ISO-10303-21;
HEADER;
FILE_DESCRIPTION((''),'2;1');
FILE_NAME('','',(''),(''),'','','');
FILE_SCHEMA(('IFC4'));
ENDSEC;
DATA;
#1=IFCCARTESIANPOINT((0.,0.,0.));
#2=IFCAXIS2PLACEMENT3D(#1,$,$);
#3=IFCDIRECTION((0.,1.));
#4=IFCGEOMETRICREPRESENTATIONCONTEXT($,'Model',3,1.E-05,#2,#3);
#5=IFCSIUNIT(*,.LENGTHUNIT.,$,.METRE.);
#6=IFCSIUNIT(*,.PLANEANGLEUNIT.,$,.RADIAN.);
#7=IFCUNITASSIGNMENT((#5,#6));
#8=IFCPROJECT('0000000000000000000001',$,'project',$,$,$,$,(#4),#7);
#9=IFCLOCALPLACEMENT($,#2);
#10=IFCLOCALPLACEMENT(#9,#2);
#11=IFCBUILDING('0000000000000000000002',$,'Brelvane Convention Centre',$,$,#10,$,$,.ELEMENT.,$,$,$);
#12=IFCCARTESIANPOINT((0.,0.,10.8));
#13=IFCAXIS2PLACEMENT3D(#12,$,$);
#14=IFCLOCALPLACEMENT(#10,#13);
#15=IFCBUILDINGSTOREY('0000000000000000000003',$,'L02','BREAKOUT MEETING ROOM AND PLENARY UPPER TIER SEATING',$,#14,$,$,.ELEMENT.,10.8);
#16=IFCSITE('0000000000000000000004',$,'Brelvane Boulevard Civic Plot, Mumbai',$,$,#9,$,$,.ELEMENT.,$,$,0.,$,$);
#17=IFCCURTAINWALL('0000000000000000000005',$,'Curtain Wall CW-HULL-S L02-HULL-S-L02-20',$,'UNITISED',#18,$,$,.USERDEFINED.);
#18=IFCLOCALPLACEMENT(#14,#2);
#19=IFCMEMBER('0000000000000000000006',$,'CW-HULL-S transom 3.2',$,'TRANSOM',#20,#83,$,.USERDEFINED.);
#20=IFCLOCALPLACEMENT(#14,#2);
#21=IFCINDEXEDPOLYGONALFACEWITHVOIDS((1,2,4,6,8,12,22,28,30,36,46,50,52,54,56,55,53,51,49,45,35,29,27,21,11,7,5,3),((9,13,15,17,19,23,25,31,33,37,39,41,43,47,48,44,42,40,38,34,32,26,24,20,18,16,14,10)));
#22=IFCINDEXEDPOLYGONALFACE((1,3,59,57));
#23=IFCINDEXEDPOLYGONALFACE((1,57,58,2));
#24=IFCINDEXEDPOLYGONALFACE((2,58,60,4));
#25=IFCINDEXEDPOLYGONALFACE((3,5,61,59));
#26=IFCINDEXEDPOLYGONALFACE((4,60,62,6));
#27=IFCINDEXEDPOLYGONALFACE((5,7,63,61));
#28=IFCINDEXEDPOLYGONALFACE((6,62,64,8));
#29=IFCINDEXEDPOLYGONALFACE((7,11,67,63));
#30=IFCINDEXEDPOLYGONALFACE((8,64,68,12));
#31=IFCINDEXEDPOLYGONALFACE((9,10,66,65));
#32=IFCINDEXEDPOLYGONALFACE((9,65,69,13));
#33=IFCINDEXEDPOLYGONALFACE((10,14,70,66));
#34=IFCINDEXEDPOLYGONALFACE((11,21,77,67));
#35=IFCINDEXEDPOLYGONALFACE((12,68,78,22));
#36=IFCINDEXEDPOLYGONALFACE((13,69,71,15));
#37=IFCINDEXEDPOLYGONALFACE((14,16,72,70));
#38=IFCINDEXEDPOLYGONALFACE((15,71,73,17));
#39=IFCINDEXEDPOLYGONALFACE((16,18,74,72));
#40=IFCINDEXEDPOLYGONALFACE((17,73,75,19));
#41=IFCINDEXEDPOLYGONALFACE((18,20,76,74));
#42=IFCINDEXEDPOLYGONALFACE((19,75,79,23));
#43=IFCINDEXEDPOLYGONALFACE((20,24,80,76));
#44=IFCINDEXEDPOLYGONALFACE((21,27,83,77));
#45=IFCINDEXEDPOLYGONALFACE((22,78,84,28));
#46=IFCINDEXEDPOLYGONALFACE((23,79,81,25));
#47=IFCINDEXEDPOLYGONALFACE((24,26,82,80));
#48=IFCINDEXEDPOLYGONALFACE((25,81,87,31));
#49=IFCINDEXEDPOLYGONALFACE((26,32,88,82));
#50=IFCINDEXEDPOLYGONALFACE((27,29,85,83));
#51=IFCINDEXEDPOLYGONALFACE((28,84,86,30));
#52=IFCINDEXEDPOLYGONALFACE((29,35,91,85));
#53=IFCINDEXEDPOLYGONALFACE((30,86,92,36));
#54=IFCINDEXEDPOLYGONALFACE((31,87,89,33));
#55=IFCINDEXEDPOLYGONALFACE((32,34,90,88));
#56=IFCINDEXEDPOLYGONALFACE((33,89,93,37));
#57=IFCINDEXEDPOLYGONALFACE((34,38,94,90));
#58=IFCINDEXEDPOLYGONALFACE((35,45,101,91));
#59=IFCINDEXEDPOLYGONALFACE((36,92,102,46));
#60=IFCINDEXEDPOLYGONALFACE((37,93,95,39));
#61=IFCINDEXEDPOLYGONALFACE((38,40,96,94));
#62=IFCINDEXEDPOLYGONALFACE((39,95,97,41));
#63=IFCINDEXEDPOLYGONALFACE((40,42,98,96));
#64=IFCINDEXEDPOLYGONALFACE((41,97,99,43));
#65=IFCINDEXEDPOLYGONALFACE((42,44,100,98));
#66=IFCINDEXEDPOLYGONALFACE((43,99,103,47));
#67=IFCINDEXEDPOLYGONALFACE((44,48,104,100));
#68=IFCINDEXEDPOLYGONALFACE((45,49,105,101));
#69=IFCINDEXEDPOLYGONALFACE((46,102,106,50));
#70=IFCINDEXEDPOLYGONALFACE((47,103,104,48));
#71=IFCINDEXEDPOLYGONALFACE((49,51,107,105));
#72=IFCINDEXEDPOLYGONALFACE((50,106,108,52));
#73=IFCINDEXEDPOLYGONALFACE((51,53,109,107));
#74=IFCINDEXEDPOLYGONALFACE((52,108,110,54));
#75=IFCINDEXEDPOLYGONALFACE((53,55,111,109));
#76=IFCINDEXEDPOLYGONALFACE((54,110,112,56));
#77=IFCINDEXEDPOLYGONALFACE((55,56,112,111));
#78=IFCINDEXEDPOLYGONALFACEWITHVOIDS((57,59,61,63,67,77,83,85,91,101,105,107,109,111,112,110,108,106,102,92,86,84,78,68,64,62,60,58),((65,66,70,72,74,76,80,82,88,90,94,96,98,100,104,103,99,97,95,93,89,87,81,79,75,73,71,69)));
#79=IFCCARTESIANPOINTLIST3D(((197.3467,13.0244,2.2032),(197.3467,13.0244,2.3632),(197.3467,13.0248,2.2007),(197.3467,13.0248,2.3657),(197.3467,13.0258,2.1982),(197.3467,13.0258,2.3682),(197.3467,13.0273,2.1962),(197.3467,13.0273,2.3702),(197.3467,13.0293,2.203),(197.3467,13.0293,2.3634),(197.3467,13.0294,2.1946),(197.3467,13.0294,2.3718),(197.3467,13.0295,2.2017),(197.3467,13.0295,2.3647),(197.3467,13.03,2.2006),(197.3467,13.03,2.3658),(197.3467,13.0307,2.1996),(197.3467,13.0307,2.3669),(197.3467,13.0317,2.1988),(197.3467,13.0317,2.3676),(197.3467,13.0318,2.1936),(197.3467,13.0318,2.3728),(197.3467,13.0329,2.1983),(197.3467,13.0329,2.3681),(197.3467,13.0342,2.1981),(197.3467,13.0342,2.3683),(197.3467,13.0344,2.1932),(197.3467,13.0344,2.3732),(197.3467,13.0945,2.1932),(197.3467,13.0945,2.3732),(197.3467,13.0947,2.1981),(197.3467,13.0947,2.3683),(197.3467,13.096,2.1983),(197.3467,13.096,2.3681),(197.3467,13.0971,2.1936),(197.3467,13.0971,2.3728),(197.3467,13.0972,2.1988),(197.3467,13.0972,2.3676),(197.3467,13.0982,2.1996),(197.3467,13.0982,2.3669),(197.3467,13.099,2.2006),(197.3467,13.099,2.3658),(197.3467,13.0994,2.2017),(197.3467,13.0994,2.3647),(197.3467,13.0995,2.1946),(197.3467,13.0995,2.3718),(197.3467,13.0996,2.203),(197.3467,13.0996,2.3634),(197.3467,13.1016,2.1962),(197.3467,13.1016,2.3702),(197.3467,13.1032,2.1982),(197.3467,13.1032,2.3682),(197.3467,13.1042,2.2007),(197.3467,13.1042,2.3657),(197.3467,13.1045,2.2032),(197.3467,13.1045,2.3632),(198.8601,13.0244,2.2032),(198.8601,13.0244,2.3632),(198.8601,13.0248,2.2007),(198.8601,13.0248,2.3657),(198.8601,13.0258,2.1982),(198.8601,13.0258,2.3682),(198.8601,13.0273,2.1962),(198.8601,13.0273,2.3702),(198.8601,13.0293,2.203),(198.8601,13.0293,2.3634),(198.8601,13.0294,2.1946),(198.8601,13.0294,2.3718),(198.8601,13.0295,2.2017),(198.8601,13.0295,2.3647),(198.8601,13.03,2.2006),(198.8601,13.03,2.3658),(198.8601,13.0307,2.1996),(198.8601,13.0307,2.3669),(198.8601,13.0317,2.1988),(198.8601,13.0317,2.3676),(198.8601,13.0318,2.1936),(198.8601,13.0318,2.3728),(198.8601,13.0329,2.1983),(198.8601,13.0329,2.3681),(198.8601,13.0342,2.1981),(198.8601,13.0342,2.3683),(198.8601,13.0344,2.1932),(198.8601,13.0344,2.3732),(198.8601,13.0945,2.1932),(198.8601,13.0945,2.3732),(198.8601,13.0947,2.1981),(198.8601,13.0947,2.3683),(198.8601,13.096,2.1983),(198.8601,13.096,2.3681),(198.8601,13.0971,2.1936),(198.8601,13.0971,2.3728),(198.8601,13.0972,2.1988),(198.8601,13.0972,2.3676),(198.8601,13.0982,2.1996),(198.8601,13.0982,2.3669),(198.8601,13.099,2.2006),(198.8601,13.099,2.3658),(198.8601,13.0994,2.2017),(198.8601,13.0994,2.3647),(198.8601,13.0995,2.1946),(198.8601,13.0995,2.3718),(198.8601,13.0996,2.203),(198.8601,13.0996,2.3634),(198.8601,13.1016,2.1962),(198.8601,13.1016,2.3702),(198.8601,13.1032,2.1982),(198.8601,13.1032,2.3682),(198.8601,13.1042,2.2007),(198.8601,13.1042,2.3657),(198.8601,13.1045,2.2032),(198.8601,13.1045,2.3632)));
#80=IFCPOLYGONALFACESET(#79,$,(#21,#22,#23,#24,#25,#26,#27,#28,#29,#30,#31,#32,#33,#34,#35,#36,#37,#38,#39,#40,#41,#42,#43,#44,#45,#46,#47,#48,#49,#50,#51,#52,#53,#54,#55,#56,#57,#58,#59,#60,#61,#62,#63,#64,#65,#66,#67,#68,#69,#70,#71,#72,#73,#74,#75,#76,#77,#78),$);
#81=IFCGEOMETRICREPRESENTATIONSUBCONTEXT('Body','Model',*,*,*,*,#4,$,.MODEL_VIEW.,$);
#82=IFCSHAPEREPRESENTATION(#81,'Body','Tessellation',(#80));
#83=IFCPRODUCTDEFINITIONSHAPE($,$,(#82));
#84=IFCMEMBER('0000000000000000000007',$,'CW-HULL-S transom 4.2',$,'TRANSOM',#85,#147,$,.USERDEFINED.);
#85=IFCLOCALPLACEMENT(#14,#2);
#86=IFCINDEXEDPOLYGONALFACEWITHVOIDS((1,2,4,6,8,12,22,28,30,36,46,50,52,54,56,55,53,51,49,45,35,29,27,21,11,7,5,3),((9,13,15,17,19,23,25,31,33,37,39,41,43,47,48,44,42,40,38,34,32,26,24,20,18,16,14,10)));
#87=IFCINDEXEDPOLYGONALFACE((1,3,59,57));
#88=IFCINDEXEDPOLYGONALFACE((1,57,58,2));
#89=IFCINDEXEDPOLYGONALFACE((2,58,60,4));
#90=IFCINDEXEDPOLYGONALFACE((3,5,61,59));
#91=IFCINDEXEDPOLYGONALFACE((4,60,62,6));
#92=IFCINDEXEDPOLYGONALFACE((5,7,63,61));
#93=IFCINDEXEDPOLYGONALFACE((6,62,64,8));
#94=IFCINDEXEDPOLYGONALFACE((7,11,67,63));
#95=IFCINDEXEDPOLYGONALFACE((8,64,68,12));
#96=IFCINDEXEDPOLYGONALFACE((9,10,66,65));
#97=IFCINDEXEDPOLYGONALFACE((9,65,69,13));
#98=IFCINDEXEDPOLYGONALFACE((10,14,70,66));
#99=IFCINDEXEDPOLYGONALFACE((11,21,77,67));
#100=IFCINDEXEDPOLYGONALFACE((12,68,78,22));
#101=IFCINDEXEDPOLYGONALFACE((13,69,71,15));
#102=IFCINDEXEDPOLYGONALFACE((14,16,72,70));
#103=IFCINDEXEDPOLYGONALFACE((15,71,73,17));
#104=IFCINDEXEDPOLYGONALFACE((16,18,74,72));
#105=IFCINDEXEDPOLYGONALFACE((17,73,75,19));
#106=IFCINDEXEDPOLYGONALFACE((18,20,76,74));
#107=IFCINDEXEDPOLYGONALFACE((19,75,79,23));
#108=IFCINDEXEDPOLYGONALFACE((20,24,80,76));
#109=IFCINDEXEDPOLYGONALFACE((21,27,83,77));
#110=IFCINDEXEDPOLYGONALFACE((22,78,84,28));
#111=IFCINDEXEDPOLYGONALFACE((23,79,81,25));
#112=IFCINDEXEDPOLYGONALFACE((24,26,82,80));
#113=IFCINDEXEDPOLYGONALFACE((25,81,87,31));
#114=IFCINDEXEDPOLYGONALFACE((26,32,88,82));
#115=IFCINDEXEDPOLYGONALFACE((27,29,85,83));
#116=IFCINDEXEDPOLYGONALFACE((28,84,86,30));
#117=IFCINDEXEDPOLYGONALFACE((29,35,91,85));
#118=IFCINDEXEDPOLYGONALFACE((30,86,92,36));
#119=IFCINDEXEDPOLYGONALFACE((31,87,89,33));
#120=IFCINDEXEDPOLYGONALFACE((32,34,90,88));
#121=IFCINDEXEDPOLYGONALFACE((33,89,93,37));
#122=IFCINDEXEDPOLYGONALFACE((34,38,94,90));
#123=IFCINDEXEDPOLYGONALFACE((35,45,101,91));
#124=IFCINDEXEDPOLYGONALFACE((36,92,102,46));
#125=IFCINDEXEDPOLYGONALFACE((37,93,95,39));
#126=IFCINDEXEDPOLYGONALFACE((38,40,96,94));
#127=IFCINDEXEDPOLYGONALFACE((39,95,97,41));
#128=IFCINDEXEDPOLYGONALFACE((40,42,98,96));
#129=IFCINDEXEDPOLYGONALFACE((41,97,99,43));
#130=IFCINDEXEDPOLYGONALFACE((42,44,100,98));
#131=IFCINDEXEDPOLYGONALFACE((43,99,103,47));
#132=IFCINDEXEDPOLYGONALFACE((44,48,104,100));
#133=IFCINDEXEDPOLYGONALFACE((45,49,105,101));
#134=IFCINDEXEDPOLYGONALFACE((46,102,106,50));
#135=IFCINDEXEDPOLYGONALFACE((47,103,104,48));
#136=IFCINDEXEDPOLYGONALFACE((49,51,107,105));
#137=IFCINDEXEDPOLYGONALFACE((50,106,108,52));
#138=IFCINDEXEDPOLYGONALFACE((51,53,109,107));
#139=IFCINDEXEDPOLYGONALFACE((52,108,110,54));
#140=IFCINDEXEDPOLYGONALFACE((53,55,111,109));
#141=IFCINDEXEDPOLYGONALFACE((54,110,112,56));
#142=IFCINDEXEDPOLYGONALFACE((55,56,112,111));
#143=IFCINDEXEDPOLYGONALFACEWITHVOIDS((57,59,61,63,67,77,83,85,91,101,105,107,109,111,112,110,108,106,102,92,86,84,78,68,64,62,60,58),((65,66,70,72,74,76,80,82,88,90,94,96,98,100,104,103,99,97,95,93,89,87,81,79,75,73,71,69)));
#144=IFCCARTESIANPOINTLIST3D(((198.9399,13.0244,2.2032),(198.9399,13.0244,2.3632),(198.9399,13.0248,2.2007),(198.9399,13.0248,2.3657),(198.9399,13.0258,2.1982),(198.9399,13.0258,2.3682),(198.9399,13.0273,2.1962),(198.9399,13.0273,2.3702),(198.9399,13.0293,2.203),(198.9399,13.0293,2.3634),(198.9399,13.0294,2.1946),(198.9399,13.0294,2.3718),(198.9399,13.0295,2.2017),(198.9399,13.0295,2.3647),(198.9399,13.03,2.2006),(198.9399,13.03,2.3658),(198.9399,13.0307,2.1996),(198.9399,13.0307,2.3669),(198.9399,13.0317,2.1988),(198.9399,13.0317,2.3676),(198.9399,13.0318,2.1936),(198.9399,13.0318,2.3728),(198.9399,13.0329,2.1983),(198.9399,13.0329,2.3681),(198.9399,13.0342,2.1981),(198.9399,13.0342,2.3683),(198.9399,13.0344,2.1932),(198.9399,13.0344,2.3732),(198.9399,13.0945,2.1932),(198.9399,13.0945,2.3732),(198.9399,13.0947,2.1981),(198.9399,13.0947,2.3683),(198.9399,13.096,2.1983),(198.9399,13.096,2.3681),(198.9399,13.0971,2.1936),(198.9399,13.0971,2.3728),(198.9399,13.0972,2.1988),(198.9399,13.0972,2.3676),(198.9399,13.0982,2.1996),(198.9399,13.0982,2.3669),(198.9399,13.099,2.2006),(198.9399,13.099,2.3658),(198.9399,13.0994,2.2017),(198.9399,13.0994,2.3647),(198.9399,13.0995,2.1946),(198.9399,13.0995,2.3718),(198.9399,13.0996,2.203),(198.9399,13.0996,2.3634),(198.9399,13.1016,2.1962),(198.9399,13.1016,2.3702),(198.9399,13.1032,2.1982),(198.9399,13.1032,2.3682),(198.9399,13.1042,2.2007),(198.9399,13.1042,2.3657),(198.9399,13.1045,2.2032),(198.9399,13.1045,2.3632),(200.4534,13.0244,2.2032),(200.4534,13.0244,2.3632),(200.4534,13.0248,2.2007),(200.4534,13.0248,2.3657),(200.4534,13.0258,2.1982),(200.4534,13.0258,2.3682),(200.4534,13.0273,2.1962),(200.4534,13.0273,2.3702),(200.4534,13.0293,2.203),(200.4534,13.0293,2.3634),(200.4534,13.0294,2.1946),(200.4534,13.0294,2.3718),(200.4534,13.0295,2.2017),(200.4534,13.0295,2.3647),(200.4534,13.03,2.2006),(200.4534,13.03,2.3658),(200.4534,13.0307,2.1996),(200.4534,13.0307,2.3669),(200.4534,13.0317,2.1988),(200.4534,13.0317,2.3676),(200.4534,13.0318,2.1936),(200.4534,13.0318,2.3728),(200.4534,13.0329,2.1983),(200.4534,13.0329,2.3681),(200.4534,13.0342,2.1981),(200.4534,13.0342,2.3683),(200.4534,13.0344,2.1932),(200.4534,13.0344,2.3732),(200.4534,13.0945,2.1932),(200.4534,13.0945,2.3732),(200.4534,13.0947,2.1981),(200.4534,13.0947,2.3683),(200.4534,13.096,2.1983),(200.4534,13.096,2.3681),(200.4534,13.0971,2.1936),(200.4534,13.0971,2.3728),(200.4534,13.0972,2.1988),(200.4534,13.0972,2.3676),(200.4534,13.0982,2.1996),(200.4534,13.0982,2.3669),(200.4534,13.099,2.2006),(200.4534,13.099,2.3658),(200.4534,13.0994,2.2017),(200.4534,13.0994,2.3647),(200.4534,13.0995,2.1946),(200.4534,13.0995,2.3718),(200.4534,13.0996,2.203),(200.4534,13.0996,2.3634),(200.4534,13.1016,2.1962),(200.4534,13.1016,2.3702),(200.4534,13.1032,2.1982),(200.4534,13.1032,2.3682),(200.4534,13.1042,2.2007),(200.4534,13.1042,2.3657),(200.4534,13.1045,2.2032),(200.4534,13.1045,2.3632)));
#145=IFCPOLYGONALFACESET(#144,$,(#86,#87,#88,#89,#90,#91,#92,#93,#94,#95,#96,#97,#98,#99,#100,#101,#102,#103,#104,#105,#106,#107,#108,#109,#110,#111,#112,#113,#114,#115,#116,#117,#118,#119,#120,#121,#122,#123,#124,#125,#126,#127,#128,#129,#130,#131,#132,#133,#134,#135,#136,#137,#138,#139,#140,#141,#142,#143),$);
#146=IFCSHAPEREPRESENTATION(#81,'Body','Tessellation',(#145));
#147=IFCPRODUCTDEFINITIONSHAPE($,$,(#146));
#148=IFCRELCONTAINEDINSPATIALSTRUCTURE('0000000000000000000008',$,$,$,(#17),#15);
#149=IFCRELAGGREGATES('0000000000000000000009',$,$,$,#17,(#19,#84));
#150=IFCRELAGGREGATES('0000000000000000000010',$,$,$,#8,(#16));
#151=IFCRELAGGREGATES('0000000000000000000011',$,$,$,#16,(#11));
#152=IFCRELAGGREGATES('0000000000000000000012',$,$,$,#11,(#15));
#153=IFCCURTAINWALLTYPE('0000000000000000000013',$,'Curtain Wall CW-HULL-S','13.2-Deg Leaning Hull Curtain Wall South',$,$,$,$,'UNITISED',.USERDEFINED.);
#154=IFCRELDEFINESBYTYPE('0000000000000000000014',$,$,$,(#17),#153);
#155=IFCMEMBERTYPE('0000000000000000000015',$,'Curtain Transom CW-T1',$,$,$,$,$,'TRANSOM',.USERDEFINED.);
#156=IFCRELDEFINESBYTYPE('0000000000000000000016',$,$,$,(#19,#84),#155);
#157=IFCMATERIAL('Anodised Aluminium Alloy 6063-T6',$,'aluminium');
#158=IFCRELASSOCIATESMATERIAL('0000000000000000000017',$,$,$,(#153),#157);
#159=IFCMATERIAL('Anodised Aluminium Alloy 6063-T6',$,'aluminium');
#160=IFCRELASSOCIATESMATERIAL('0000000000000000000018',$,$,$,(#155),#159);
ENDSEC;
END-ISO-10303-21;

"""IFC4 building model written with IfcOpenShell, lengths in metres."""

from ifc_helpers import new_model, si_unit, direction, frame, origin, origin_2d, place, context, subcontext, project, spatial, hollow_rectangle, extrude, material, material_profile, profile_set, type_object, element, aggregate, save


model = new_model("IFC4")

# Units and contexts
model_context = context("Model", 3, precision=1e-05, world=origin(), true_north=direction((0.0, 1.0)))
body_context = subcontext(model_context, "Body", "Model", "MODEL_VIEW")
ifc_project = project(units=[si_unit("LENGTHUNIT", "METRE"), si_unit("PLANEANGLEUNIT", "RADIAN")], contexts=[model_context])

# Site, building, storey
site_placement = place(None, origin())
site = spatial("IfcSite", under=ifc_project, at=site_placement, Name="Brelvane Boulevard Civic Plot, Mumbai", CompositionType="ELEMENT", RefElevation=0.0)
building_placement = place(site_placement, origin())
building = spatial("IfcBuilding", under=site, at=building_placement, Name="Brelvane Convention Centre", CompositionType="ELEMENT")
storey_placement = place(building_placement, frame((0.0, 0.0, 10.8)))
storey = spatial("IfcBuildingStorey", under=building, at=storey_placement, Name="L02", Description="BREAKOUT MEETING ROOM AND PLENARY UPPER TIER SEATING", CompositionType="ELEMENT", Elevation=10.8)

# Curtain wall, members
ifc_material_1 = material(Name="Anodised Aluminium Alloy 6063-T6", Category="aluminium")
curtain_wall_type = type_object("IfcCurtainWallType", Name="Curtain Wall CW-HULL-S", Description="13.2-Deg Leaning Hull Curtain Wall South", ElementType="UNITISED", PredefinedType="USERDEFINED", material=ifc_material_1)
curtain_wall_1_placement = place(storey_placement, origin())
curtain_wall_1 = element("IfcCurtainWall", 1, at=curtain_wall_1_placement, inside=storey, type_object=curtain_wall_type, Name="Curtain Wall CW-HULL-S L02-HULL-S-L02-20", ObjectType="UNITISED", PredefinedType="USERDEFINED")
ifc_material_2 = material(Name="Anodised Aluminium Alloy 6063-T6", Category="aluminium")
ifc_material_profile = material_profile(ifc_material_2, hollow_rectangle(XDim=0.0801, YDim=0.1799, WallThickness=0.0049, InnerFilletRadius=0.0049, OuterFilletRadius=0.01, at=origin_2d()), Name="ALU-T 180x80x5.0")
ifc_profile_set = profile_set([ifc_material_profile], Name="Anodised Aluminium Alloy 6063-T6")
member_type = type_object("IfcMemberType", Name="Curtain Transom CW-T1", ElementType="TRANSOM", PredefinedType="USERDEFINED", material=ifc_profile_set)
member_1_placement = place(storey_placement, frame((197.3467, 13.0645, 2.2832), z_axis=(1.0, 0.0, 0.0), x_axis=(0.0, 1.0, 0.0)))
member_1 = element("IfcMember", 2, at=member_1_placement, type_object=member_type, Name="CW-HULL-S transom 3.2", ObjectType="TRANSOM", PredefinedType="USERDEFINED", context=body_context, shape_type="SweptSolid", body=[
    extrude(hollow_rectangle(XDim=0.0801, YDim=0.1799, WallThickness=0.0049, InnerFilletRadius=0.0049, OuterFilletRadius=0.01, at=origin_2d()), origin(), (0.0, 0.0, 1.0), 1.5134),
])
member_2_placement = place(storey_placement, frame((198.9399, 13.0645, 2.2832), z_axis=(1.0, 0.0, 0.0), x_axis=(0.0, 1.0, 0.0)))
member_2 = element("IfcMember", 3, at=member_2_placement, type_object=member_type, Name="CW-HULL-S transom 4.2", ObjectType="TRANSOM", PredefinedType="USERDEFINED", context=body_context, shape_type="SweptSolid", body=[
    extrude(hollow_rectangle(XDim=0.0801, YDim=0.1799, WallThickness=0.0049, InnerFilletRadius=0.0049, OuterFilletRadius=0.01, at=origin_2d()), origin(), (0.0, 0.0, 1.0), 1.5134),
])

aggregate(curtain_wall_1, [member_1, member_2])

save(model, "model.ifc")
